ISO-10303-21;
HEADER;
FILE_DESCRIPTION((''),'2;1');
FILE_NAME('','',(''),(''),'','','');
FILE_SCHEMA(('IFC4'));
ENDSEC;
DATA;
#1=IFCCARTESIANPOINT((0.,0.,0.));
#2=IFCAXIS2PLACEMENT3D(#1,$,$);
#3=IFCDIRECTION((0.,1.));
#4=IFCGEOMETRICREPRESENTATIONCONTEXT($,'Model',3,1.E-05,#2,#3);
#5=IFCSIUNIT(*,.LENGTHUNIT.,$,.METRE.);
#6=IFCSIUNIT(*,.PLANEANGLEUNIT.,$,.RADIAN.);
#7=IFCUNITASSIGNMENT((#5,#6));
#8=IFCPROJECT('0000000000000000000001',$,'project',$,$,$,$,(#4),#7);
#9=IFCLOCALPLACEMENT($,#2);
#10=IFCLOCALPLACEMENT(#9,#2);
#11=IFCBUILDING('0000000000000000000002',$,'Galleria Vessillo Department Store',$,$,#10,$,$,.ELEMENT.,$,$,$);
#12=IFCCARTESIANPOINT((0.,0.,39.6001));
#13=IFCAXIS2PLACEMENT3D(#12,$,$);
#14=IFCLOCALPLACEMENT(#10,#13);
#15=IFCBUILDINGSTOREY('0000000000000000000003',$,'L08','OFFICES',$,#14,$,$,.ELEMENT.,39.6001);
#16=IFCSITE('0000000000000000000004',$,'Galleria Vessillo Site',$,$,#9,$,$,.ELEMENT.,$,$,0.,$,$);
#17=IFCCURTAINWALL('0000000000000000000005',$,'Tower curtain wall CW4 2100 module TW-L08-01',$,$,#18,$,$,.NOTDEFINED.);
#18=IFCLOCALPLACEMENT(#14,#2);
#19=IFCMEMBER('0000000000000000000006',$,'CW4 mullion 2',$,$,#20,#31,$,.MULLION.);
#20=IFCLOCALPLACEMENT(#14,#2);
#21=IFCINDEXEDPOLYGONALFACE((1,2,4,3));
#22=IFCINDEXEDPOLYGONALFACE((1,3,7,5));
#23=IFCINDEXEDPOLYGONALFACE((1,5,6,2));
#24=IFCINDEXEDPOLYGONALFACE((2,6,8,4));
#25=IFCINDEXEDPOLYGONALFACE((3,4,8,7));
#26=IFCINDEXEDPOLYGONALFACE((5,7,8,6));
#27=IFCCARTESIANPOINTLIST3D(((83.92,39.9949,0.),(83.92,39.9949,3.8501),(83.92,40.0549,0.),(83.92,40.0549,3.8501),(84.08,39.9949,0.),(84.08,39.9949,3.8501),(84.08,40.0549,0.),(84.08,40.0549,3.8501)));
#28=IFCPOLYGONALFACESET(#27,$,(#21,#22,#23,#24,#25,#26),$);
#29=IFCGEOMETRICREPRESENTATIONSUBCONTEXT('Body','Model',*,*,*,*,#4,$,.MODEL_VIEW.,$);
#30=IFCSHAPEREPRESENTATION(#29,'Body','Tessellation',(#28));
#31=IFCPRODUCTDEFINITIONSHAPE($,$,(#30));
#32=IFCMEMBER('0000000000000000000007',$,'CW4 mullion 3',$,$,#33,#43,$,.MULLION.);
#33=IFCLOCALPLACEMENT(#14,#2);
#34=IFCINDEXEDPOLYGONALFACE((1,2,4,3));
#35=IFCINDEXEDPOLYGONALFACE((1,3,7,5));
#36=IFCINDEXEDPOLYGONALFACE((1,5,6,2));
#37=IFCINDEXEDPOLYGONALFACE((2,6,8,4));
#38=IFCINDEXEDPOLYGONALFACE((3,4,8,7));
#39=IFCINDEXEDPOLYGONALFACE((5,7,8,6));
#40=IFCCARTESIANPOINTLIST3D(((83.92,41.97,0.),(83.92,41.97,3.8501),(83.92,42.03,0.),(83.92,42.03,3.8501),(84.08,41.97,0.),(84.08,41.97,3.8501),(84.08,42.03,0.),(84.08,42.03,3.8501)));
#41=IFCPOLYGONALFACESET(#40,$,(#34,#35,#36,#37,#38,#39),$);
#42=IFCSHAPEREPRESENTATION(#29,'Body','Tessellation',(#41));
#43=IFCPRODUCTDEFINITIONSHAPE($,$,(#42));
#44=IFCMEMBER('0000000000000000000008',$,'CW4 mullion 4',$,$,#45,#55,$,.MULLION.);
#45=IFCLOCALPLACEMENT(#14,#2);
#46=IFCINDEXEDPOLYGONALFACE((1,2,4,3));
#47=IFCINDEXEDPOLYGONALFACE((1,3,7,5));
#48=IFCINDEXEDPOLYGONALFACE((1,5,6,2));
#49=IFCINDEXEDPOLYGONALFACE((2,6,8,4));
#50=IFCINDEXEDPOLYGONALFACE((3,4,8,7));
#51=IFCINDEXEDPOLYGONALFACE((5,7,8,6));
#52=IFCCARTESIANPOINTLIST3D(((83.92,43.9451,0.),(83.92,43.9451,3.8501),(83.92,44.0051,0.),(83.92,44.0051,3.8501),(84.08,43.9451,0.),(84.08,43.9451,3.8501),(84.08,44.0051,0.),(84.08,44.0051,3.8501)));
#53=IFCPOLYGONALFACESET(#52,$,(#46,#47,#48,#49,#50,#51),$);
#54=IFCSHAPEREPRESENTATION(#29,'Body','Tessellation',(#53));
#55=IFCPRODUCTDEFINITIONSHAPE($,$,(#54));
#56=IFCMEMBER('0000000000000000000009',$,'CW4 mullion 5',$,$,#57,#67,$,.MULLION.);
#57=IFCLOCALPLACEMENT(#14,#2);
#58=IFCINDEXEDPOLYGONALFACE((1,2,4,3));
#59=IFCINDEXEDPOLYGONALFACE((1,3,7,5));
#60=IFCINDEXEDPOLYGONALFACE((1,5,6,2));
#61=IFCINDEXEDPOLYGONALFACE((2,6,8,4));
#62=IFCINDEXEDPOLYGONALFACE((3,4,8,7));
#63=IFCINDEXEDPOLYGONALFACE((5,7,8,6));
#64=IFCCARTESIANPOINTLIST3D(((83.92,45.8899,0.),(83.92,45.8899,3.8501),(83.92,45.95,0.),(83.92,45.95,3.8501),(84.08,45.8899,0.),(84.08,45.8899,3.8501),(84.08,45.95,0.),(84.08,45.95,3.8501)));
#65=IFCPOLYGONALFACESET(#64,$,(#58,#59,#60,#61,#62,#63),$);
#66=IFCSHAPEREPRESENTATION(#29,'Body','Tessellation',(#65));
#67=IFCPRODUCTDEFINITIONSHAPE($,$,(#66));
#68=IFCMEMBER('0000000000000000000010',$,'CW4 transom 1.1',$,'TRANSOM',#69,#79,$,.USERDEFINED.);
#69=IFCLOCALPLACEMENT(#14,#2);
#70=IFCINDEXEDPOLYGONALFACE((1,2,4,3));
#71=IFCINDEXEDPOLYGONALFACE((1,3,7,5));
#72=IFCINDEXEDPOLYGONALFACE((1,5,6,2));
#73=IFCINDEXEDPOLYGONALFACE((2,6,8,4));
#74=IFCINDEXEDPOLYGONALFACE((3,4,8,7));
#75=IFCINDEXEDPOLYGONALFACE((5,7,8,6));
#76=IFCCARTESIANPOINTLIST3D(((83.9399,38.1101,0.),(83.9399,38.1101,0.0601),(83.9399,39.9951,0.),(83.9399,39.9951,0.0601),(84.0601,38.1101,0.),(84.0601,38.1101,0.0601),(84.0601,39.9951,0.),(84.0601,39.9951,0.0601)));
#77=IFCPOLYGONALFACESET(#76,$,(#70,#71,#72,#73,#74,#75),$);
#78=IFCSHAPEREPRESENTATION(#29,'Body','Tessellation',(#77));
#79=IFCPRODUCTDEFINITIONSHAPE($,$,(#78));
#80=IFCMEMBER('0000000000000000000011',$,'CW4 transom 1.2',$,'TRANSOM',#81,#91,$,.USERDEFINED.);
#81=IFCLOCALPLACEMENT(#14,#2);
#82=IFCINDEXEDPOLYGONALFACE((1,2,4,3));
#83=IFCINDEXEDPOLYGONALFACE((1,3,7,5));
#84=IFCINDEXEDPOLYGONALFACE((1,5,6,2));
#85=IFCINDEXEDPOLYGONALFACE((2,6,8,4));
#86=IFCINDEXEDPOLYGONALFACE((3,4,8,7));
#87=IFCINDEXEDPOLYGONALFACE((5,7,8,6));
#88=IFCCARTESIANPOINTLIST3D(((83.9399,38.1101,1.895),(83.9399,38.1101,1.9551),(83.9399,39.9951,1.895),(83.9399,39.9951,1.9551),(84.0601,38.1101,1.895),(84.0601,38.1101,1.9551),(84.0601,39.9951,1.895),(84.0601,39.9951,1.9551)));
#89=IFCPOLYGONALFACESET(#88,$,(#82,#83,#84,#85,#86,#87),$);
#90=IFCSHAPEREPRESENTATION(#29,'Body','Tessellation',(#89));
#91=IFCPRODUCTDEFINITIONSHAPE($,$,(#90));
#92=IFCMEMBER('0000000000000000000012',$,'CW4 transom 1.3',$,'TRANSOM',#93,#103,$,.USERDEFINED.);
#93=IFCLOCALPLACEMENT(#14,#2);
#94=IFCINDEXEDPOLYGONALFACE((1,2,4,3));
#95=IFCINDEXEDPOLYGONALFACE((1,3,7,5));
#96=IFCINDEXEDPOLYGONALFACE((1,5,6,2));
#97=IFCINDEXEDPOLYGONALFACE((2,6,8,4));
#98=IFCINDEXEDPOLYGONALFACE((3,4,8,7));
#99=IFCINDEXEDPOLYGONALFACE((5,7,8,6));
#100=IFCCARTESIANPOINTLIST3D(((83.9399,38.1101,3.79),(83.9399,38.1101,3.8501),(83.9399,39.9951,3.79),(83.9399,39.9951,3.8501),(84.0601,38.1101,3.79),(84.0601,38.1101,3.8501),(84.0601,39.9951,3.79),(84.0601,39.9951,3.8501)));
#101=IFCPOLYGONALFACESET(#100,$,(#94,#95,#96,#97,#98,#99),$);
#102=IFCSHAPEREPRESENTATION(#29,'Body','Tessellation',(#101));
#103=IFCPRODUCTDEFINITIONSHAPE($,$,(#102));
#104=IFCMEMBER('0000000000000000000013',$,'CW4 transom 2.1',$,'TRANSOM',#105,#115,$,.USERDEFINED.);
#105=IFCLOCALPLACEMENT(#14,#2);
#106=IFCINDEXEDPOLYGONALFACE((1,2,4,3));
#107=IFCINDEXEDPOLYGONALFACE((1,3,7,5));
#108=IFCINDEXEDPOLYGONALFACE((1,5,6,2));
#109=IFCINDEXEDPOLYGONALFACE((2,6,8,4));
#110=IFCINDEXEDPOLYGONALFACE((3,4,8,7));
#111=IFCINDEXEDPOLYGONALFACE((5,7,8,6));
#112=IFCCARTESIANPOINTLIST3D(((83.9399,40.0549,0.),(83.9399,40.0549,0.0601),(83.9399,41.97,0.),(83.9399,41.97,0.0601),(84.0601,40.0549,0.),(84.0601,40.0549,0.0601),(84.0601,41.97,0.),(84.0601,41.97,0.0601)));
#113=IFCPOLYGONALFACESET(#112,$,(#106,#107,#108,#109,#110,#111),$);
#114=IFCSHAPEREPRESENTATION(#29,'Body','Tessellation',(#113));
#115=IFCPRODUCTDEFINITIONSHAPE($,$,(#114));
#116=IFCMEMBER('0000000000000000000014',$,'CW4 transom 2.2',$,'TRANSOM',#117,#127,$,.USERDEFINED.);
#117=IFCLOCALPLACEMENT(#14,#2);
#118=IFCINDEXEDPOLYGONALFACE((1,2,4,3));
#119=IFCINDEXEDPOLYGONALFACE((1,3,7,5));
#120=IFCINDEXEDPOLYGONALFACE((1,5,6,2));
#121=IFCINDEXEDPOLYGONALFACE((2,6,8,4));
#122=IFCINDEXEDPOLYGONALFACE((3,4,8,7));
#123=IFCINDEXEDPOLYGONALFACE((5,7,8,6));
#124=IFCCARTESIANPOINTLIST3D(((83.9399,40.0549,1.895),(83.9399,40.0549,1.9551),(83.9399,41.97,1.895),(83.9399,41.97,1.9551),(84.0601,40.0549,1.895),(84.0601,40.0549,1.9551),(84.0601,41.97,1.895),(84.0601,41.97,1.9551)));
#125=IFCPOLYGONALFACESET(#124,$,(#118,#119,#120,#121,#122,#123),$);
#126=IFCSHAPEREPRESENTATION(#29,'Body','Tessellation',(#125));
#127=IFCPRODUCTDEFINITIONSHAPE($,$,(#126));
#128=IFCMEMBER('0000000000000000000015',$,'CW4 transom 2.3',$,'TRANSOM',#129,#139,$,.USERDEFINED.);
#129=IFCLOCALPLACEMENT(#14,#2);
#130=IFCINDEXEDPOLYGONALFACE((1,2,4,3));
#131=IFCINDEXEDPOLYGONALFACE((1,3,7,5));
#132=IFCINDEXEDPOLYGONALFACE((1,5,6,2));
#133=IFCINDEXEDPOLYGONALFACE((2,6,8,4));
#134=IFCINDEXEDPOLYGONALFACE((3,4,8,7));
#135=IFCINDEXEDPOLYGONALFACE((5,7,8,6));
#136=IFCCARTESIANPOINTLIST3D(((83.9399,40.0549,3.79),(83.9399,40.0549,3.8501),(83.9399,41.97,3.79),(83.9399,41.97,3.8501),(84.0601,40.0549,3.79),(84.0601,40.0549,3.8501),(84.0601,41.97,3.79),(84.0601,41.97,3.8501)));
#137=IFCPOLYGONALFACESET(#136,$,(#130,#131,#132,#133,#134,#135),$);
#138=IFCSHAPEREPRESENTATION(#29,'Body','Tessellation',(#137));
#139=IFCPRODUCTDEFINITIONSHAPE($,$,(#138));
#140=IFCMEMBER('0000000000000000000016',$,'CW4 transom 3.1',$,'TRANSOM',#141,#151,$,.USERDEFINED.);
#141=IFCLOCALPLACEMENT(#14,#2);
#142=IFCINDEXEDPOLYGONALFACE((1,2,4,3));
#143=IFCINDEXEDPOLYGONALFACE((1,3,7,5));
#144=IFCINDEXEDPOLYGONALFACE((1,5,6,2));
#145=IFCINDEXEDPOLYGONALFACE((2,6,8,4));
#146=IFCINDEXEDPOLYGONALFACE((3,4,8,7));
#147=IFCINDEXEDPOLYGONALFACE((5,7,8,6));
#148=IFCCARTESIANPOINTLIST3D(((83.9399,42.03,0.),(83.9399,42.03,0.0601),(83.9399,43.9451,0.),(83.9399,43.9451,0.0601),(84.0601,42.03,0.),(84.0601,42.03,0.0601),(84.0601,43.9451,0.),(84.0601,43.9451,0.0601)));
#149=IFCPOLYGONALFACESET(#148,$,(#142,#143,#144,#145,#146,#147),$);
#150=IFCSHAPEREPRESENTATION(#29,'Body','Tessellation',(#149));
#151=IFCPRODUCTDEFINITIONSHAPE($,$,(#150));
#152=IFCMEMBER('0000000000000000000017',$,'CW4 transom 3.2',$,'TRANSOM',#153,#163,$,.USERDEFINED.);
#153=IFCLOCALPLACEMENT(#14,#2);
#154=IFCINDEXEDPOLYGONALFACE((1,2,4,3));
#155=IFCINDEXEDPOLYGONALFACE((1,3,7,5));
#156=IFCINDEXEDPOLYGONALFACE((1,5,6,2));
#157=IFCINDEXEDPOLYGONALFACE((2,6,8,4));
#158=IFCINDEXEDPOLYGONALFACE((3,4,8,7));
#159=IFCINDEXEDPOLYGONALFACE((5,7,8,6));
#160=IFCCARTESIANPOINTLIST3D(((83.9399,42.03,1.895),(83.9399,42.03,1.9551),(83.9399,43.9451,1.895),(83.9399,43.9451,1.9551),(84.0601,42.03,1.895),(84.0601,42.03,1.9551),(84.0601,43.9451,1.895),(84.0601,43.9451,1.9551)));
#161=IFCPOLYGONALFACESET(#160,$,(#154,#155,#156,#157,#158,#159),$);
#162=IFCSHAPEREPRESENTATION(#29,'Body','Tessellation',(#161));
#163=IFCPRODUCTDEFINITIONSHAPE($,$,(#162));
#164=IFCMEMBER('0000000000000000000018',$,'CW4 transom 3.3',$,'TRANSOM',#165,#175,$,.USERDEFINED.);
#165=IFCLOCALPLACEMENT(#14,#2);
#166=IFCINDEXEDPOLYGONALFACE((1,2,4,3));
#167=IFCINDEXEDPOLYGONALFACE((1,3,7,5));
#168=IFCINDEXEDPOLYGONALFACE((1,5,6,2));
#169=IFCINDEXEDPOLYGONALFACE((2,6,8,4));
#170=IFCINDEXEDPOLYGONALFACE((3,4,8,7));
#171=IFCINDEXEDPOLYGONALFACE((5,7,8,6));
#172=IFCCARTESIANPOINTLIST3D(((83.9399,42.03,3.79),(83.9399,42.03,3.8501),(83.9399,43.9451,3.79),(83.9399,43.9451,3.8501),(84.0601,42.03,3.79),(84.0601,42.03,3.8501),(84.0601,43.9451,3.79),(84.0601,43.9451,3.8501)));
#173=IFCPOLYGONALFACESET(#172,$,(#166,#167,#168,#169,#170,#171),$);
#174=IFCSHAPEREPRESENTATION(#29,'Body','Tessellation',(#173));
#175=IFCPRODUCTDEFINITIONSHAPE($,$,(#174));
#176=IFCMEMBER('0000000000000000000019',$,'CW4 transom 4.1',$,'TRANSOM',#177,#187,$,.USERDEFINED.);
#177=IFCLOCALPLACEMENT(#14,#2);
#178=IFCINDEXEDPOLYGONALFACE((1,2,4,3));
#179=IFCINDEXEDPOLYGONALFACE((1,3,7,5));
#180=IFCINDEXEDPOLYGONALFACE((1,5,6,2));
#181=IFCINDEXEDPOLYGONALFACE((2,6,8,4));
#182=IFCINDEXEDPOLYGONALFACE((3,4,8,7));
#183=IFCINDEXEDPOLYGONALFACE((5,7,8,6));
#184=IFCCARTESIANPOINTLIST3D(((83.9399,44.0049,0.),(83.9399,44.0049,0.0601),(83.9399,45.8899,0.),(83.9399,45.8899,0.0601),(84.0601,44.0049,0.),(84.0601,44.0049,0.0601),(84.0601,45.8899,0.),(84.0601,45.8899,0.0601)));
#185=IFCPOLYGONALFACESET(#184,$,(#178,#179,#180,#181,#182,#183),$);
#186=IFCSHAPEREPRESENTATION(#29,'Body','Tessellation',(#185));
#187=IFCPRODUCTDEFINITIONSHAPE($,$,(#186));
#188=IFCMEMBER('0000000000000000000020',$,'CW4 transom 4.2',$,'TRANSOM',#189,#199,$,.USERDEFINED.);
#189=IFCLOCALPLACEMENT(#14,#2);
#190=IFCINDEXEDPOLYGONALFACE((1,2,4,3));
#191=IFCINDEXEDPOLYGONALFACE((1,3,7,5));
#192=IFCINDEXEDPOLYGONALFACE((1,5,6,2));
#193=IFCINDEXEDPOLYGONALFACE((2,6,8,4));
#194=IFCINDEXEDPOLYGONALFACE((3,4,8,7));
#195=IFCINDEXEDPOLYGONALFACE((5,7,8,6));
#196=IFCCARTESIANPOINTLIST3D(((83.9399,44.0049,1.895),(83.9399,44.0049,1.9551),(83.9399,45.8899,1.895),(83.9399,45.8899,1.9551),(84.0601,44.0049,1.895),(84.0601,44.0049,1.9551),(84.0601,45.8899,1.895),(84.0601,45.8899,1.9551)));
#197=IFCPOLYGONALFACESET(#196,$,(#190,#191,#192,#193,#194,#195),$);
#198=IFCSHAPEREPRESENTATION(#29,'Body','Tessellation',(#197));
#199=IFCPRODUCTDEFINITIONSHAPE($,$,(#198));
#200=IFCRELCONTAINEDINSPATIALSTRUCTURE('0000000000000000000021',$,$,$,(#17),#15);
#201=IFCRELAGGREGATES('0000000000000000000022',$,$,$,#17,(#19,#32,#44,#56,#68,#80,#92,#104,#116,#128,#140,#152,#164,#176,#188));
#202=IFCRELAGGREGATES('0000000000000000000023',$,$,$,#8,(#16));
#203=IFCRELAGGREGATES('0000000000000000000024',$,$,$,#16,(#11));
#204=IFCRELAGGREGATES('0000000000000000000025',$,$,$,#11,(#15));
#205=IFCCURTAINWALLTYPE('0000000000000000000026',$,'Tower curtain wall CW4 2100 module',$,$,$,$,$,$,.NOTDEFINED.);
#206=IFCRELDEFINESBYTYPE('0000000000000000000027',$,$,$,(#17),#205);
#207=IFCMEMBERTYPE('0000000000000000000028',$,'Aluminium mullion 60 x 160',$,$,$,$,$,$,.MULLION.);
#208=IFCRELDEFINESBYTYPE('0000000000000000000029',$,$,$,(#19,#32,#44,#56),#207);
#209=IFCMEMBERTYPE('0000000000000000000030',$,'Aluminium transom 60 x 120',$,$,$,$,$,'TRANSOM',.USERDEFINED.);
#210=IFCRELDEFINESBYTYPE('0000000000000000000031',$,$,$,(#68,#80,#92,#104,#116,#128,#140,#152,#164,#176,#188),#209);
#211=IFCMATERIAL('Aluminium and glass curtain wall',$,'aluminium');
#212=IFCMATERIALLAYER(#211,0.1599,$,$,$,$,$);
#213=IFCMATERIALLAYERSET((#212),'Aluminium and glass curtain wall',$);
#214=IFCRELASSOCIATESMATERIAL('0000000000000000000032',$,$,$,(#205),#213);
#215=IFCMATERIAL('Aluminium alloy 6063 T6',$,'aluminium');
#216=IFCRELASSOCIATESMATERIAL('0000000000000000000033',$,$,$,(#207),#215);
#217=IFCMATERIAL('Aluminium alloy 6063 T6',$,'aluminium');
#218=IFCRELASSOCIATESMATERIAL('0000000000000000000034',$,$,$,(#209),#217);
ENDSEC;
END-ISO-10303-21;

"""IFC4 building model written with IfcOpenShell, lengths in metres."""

from ifc_helpers import new_model, si_unit, direction, frame, origin, origin_2d, place, context, subcontext, project, spatial, rectangle, extrude, material, layer, layer_set, material_profile, profile_set, type_object, element, aggregate, save


model = new_model("IFC4")

# Units and contexts
model_context = context("Model", 3, precision=1e-05, world=origin(), true_north=direction((0.0, 1.0)))
body_context = subcontext(model_context, "Body", "Model", "MODEL_VIEW")
ifc_project = project(units=[si_unit("LENGTHUNIT", "METRE"), si_unit("PLANEANGLEUNIT", "RADIAN")], contexts=[model_context])

# Site, building, storey
site_placement = place(None, origin())
site = spatial("IfcSite", under=ifc_project, at=site_placement, Name="Galleria Vessillo Site", CompositionType="ELEMENT", RefElevation=0.0)
building_placement = place(site_placement, origin())
building = spatial("IfcBuilding", under=site, at=building_placement, Name="Galleria Vessillo Department Store", CompositionType="ELEMENT")
storey_placement = place(building_placement, frame((0.0, 0.0, 39.6001)))
storey = spatial("IfcBuildingStorey", under=building, at=storey_placement, Name="L08", Description="OFFICES", CompositionType="ELEMENT", Elevation=39.6001)

# Curtain wall, members
ifc_material_1 = material(Name="Aluminium and glass curtain wall", Category="aluminium")
ifc_layer_1 = layer(ifc_material_1, 0.1599)
ifc_layer_set_1 = layer_set([ifc_layer_1], Name="Aluminium and glass curtain wall")
curtain_wall_type = type_object("IfcCurtainWallType", Name="Tower curtain wall CW4 2100 module", PredefinedType="NOTDEFINED", material=ifc_layer_set_1)
curtain_wall_placement = place(storey_placement, origin())
curtain_wall = element("IfcCurtainWall", 1, at=curtain_wall_placement, inside=storey, type_object=curtain_wall_type, Name="Tower curtain wall CW4 2100 module TW-L08-01", PredefinedType="NOTDEFINED")
ifc_material_2 = material(Name="Aluminium alloy 6063 T6", Category="aluminium")
ifc_material_profile_1 = material_profile(ifc_material_2, rectangle(XDim=0.1599, YDim=0.0601, at=origin_2d()), Name="AL 60x160")
ifc_profile_set_1 = profile_set([ifc_material_profile_1], Name="Aluminium alloy 6063 T6")
member_type_1 = type_object("IfcMemberType", Name="Aluminium mullion 60 x 160", PredefinedType="MULLION", material=ifc_profile_set_1)
member_1_placement = place(storey_placement, frame((84.0, 40.0249, 0.0), z_axis=(0.0, 0.0, 1.0), x_axis=(-1.0, 0.0, 0.0)))
member_1 = element("IfcMember", 2, at=member_1_placement, type_object=member_type_1, Name="CW4 mullion 2", PredefinedType="MULLION", context=body_context, shape_type="SweptSolid", body=[
    extrude(rectangle(XDim=0.1599, YDim=0.0601, at=origin_2d()), origin(), (0.0, 0.0, 1.0), 3.8501),
])
member_2_placement = place(storey_placement, frame((84.0, 42.0, 0.0), z_axis=(0.0, 0.0, 1.0), x_axis=(-1.0, 0.0, 0.0)))
member_2 = element("IfcMember", 3, at=member_2_placement, type_object=member_type_1, Name="CW4 mullion 3", PredefinedType="MULLION", context=body_context, shape_type="SweptSolid", body=[
    extrude(rectangle(XDim=0.1599, YDim=0.0601, at=origin_2d()), origin(), (0.0, 0.0, 1.0), 3.8501),
])
member_3_placement = place(storey_placement, frame((84.0, 43.9751, 0.0), z_axis=(0.0, 0.0, 1.0), x_axis=(-1.0, 0.0, 0.0)))
member_3 = element("IfcMember", 4, at=member_3_placement, type_object=member_type_1, Name="CW4 mullion 4", PredefinedType="MULLION", context=body_context, shape_type="SweptSolid", body=[
    extrude(rectangle(XDim=0.1599, YDim=0.0601, at=origin_2d()), origin(), (0.0, 0.0, 1.0), 3.8501),
])
member_4_placement = place(storey_placement, frame((84.0, 45.9199, 0.0), z_axis=(0.0, 0.0, 1.0), x_axis=(-1.0, 0.0, 0.0)))
member_4 = element("IfcMember", 5, at=member_4_placement, type_object=member_type_1, Name="CW4 mullion 5", PredefinedType="MULLION", context=body_context, shape_type="SweptSolid", body=[
    extrude(rectangle(XDim=0.1599, YDim=0.0601, at=origin_2d()), origin(), (0.0, 0.0, 1.0), 3.8501),
])
ifc_material_3 = material(Name="Aluminium alloy 6063 T6", Category="aluminium")
ifc_material_profile_2 = material_profile(ifc_material_3, rectangle(XDim=0.1201, YDim=0.0601, at=origin_2d()), Name="AL 60x120")
ifc_profile_set_2 = profile_set([ifc_material_profile_2], Name="Aluminium alloy 6063 T6")
member_type_2 = type_object("IfcMemberType", Name="Aluminium transom 60 x 120", ElementType="TRANSOM", PredefinedType="USERDEFINED", material=ifc_profile_set_2)
member_5_placement = place(storey_placement, frame((84.0, 38.1101, 0.03), z_axis=(0.0, 1.0, 0.0), x_axis=(-1.0, 0.0, 0.0)))
member_5 = element("IfcMember", 6, at=member_5_placement, type_object=member_type_2, Name="CW4 transom 1.1", ObjectType="TRANSOM", PredefinedType="USERDEFINED", context=body_context, shape_type="SweptSolid", body=[
    extrude(rectangle(XDim=0.1201, YDim=0.0601, at=origin_2d()), origin(), (0.0, 0.0, 1.0), 1.885),
])
member_6_placement = place(storey_placement, frame((84.0, 38.1101, 1.925), z_axis=(0.0, 1.0, 0.0), x_axis=(-1.0, 0.0, 0.0)))
member_6 = element("IfcMember", 7, at=member_6_placement, type_object=member_type_2, Name="CW4 transom 1.2", ObjectType="TRANSOM", PredefinedType="USERDEFINED", context=body_context, shape_type="SweptSolid", body=[
    extrude(rectangle(XDim=0.1201, YDim=0.0601, at=origin_2d()), origin(), (0.0, 0.0, 1.0), 1.885),
])
member_7_placement = place(storey_placement, frame((84.0, 38.1101, 3.8201), z_axis=(0.0, 1.0, 0.0), x_axis=(-1.0, 0.0, 0.0)))
member_7 = element("IfcMember", 8, at=member_7_placement, type_object=member_type_2, Name="CW4 transom 1.3", ObjectType="TRANSOM", PredefinedType="USERDEFINED", context=body_context, shape_type="SweptSolid", body=[
    extrude(rectangle(XDim=0.1201, YDim=0.0601, at=origin_2d()), origin(), (0.0, 0.0, 1.0), 1.885),
])
member_8_placement = place(storey_placement, frame((84.0, 40.0549, 0.03), z_axis=(0.0, 1.0, 0.0), x_axis=(-1.0, 0.0, 0.0)))
member_8 = element("IfcMember", 9, at=member_8_placement, type_object=member_type_2, Name="CW4 transom 2.1", ObjectType="TRANSOM", PredefinedType="USERDEFINED", context=body_context, shape_type="SweptSolid", body=[
    extrude(rectangle(XDim=0.1201, YDim=0.0601, at=origin_2d()), origin(), (0.0, 0.0, 1.0), 1.915),
])
member_9_placement = place(storey_placement, frame((84.0, 40.0549, 1.925), z_axis=(0.0, 1.0, 0.0), x_axis=(-1.0, 0.0, 0.0)))
member_9 = element("IfcMember", 10, at=member_9_placement, type_object=member_type_2, Name="CW4 transom 2.2", ObjectType="TRANSOM", PredefinedType="USERDEFINED", context=body_context, shape_type="SweptSolid", body=[
    extrude(rectangle(XDim=0.1201, YDim=0.0601, at=origin_2d()), origin(), (0.0, 0.0, 1.0), 1.915),
])
member_10_placement = place(storey_placement, frame((84.0, 40.0549, 3.8201), z_axis=(0.0, 1.0, 0.0), x_axis=(-1.0, 0.0, 0.0)))
member_10 = element("IfcMember", 11, at=member_10_placement, type_object=member_type_2, Name="CW4 transom 2.3", ObjectType="TRANSOM", PredefinedType="USERDEFINED", context=body_context, shape_type="SweptSolid", body=[
    extrude(rectangle(XDim=0.1201, YDim=0.0601, at=origin_2d()), origin(), (0.0, 0.0, 1.0), 1.915),
])
member_11_placement = place(storey_placement, frame((84.0, 42.03, 0.03), z_axis=(0.0, 1.0, 0.0), x_axis=(-1.0, 0.0, 0.0)))
member_11 = element("IfcMember", 12, at=member_11_placement, type_object=member_type_2, Name="CW4 transom 3.1", ObjectType="TRANSOM", PredefinedType="USERDEFINED", context=body_context, shape_type="SweptSolid", body=[
    extrude(rectangle(XDim=0.1201, YDim=0.0601, at=origin_2d()), origin(), (0.0, 0.0, 1.0), 1.915),
])
member_12_placement = place(storey_placement, frame((84.0, 42.03, 1.925), z_axis=(0.0, 1.0, 0.0), x_axis=(-1.0, 0.0, 0.0)))
member_12 = element("IfcMember", 13, at=member_12_placement, type_object=member_type_2, Name="CW4 transom 3.2", ObjectType="TRANSOM", PredefinedType="USERDEFINED", context=body_context, shape_type="SweptSolid", body=[
    extrude(rectangle(XDim=0.1201, YDim=0.0601, at=origin_2d()), origin(), (0.0, 0.0, 1.0), 1.915),
])
member_13_placement = place(storey_placement, frame((84.0, 42.03, 3.8201), z_axis=(0.0, 1.0, 0.0), x_axis=(-1.0, 0.0, 0.0)))
member_13 = element("IfcMember", 14, at=member_13_placement, type_object=member_type_2, Name="CW4 transom 3.3", ObjectType="TRANSOM", PredefinedType="USERDEFINED", context=body_context, shape_type="SweptSolid", body=[
    extrude(rectangle(XDim=0.1201, YDim=0.0601, at=origin_2d()), origin(), (0.0, 0.0, 1.0), 1.915),
])
member_14_placement = place(storey_placement, frame((84.0, 44.0049, 0.03), z_axis=(0.0, 1.0, 0.0), x_axis=(-1.0, 0.0, 0.0)))
member_14 = element("IfcMember", 15, at=member_14_placement, type_object=member_type_2, Name="CW4 transom 4.1", ObjectType="TRANSOM", PredefinedType="USERDEFINED", context=body_context, shape_type="SweptSolid", body=[
    extrude(rectangle(XDim=0.1201, YDim=0.0601, at=origin_2d()), origin(), (0.0, 0.0, 1.0), 1.885),
])
member_15_placement = place(storey_placement, frame((84.0, 44.0049, 1.925), z_axis=(0.0, 1.0, 0.0), x_axis=(-1.0, 0.0, 0.0)))
member_15 = element("IfcMember", 16, at=member_15_placement, type_object=member_type_2, Name="CW4 transom 4.2", ObjectType="TRANSOM", PredefinedType="USERDEFINED", context=body_context, shape_type="SweptSolid", body=[
    extrude(rectangle(XDim=0.1201, YDim=0.0601, at=origin_2d()), origin(), (0.0, 0.0, 1.0), 1.885),
])
aggregate(curtain_wall, [member_1, member_2, member_3, member_4, member_5, member_6, member_7, member_8, member_9, member_10, member_11, member_12, member_13, member_14, member_15])

save(model, "model.ifc")
